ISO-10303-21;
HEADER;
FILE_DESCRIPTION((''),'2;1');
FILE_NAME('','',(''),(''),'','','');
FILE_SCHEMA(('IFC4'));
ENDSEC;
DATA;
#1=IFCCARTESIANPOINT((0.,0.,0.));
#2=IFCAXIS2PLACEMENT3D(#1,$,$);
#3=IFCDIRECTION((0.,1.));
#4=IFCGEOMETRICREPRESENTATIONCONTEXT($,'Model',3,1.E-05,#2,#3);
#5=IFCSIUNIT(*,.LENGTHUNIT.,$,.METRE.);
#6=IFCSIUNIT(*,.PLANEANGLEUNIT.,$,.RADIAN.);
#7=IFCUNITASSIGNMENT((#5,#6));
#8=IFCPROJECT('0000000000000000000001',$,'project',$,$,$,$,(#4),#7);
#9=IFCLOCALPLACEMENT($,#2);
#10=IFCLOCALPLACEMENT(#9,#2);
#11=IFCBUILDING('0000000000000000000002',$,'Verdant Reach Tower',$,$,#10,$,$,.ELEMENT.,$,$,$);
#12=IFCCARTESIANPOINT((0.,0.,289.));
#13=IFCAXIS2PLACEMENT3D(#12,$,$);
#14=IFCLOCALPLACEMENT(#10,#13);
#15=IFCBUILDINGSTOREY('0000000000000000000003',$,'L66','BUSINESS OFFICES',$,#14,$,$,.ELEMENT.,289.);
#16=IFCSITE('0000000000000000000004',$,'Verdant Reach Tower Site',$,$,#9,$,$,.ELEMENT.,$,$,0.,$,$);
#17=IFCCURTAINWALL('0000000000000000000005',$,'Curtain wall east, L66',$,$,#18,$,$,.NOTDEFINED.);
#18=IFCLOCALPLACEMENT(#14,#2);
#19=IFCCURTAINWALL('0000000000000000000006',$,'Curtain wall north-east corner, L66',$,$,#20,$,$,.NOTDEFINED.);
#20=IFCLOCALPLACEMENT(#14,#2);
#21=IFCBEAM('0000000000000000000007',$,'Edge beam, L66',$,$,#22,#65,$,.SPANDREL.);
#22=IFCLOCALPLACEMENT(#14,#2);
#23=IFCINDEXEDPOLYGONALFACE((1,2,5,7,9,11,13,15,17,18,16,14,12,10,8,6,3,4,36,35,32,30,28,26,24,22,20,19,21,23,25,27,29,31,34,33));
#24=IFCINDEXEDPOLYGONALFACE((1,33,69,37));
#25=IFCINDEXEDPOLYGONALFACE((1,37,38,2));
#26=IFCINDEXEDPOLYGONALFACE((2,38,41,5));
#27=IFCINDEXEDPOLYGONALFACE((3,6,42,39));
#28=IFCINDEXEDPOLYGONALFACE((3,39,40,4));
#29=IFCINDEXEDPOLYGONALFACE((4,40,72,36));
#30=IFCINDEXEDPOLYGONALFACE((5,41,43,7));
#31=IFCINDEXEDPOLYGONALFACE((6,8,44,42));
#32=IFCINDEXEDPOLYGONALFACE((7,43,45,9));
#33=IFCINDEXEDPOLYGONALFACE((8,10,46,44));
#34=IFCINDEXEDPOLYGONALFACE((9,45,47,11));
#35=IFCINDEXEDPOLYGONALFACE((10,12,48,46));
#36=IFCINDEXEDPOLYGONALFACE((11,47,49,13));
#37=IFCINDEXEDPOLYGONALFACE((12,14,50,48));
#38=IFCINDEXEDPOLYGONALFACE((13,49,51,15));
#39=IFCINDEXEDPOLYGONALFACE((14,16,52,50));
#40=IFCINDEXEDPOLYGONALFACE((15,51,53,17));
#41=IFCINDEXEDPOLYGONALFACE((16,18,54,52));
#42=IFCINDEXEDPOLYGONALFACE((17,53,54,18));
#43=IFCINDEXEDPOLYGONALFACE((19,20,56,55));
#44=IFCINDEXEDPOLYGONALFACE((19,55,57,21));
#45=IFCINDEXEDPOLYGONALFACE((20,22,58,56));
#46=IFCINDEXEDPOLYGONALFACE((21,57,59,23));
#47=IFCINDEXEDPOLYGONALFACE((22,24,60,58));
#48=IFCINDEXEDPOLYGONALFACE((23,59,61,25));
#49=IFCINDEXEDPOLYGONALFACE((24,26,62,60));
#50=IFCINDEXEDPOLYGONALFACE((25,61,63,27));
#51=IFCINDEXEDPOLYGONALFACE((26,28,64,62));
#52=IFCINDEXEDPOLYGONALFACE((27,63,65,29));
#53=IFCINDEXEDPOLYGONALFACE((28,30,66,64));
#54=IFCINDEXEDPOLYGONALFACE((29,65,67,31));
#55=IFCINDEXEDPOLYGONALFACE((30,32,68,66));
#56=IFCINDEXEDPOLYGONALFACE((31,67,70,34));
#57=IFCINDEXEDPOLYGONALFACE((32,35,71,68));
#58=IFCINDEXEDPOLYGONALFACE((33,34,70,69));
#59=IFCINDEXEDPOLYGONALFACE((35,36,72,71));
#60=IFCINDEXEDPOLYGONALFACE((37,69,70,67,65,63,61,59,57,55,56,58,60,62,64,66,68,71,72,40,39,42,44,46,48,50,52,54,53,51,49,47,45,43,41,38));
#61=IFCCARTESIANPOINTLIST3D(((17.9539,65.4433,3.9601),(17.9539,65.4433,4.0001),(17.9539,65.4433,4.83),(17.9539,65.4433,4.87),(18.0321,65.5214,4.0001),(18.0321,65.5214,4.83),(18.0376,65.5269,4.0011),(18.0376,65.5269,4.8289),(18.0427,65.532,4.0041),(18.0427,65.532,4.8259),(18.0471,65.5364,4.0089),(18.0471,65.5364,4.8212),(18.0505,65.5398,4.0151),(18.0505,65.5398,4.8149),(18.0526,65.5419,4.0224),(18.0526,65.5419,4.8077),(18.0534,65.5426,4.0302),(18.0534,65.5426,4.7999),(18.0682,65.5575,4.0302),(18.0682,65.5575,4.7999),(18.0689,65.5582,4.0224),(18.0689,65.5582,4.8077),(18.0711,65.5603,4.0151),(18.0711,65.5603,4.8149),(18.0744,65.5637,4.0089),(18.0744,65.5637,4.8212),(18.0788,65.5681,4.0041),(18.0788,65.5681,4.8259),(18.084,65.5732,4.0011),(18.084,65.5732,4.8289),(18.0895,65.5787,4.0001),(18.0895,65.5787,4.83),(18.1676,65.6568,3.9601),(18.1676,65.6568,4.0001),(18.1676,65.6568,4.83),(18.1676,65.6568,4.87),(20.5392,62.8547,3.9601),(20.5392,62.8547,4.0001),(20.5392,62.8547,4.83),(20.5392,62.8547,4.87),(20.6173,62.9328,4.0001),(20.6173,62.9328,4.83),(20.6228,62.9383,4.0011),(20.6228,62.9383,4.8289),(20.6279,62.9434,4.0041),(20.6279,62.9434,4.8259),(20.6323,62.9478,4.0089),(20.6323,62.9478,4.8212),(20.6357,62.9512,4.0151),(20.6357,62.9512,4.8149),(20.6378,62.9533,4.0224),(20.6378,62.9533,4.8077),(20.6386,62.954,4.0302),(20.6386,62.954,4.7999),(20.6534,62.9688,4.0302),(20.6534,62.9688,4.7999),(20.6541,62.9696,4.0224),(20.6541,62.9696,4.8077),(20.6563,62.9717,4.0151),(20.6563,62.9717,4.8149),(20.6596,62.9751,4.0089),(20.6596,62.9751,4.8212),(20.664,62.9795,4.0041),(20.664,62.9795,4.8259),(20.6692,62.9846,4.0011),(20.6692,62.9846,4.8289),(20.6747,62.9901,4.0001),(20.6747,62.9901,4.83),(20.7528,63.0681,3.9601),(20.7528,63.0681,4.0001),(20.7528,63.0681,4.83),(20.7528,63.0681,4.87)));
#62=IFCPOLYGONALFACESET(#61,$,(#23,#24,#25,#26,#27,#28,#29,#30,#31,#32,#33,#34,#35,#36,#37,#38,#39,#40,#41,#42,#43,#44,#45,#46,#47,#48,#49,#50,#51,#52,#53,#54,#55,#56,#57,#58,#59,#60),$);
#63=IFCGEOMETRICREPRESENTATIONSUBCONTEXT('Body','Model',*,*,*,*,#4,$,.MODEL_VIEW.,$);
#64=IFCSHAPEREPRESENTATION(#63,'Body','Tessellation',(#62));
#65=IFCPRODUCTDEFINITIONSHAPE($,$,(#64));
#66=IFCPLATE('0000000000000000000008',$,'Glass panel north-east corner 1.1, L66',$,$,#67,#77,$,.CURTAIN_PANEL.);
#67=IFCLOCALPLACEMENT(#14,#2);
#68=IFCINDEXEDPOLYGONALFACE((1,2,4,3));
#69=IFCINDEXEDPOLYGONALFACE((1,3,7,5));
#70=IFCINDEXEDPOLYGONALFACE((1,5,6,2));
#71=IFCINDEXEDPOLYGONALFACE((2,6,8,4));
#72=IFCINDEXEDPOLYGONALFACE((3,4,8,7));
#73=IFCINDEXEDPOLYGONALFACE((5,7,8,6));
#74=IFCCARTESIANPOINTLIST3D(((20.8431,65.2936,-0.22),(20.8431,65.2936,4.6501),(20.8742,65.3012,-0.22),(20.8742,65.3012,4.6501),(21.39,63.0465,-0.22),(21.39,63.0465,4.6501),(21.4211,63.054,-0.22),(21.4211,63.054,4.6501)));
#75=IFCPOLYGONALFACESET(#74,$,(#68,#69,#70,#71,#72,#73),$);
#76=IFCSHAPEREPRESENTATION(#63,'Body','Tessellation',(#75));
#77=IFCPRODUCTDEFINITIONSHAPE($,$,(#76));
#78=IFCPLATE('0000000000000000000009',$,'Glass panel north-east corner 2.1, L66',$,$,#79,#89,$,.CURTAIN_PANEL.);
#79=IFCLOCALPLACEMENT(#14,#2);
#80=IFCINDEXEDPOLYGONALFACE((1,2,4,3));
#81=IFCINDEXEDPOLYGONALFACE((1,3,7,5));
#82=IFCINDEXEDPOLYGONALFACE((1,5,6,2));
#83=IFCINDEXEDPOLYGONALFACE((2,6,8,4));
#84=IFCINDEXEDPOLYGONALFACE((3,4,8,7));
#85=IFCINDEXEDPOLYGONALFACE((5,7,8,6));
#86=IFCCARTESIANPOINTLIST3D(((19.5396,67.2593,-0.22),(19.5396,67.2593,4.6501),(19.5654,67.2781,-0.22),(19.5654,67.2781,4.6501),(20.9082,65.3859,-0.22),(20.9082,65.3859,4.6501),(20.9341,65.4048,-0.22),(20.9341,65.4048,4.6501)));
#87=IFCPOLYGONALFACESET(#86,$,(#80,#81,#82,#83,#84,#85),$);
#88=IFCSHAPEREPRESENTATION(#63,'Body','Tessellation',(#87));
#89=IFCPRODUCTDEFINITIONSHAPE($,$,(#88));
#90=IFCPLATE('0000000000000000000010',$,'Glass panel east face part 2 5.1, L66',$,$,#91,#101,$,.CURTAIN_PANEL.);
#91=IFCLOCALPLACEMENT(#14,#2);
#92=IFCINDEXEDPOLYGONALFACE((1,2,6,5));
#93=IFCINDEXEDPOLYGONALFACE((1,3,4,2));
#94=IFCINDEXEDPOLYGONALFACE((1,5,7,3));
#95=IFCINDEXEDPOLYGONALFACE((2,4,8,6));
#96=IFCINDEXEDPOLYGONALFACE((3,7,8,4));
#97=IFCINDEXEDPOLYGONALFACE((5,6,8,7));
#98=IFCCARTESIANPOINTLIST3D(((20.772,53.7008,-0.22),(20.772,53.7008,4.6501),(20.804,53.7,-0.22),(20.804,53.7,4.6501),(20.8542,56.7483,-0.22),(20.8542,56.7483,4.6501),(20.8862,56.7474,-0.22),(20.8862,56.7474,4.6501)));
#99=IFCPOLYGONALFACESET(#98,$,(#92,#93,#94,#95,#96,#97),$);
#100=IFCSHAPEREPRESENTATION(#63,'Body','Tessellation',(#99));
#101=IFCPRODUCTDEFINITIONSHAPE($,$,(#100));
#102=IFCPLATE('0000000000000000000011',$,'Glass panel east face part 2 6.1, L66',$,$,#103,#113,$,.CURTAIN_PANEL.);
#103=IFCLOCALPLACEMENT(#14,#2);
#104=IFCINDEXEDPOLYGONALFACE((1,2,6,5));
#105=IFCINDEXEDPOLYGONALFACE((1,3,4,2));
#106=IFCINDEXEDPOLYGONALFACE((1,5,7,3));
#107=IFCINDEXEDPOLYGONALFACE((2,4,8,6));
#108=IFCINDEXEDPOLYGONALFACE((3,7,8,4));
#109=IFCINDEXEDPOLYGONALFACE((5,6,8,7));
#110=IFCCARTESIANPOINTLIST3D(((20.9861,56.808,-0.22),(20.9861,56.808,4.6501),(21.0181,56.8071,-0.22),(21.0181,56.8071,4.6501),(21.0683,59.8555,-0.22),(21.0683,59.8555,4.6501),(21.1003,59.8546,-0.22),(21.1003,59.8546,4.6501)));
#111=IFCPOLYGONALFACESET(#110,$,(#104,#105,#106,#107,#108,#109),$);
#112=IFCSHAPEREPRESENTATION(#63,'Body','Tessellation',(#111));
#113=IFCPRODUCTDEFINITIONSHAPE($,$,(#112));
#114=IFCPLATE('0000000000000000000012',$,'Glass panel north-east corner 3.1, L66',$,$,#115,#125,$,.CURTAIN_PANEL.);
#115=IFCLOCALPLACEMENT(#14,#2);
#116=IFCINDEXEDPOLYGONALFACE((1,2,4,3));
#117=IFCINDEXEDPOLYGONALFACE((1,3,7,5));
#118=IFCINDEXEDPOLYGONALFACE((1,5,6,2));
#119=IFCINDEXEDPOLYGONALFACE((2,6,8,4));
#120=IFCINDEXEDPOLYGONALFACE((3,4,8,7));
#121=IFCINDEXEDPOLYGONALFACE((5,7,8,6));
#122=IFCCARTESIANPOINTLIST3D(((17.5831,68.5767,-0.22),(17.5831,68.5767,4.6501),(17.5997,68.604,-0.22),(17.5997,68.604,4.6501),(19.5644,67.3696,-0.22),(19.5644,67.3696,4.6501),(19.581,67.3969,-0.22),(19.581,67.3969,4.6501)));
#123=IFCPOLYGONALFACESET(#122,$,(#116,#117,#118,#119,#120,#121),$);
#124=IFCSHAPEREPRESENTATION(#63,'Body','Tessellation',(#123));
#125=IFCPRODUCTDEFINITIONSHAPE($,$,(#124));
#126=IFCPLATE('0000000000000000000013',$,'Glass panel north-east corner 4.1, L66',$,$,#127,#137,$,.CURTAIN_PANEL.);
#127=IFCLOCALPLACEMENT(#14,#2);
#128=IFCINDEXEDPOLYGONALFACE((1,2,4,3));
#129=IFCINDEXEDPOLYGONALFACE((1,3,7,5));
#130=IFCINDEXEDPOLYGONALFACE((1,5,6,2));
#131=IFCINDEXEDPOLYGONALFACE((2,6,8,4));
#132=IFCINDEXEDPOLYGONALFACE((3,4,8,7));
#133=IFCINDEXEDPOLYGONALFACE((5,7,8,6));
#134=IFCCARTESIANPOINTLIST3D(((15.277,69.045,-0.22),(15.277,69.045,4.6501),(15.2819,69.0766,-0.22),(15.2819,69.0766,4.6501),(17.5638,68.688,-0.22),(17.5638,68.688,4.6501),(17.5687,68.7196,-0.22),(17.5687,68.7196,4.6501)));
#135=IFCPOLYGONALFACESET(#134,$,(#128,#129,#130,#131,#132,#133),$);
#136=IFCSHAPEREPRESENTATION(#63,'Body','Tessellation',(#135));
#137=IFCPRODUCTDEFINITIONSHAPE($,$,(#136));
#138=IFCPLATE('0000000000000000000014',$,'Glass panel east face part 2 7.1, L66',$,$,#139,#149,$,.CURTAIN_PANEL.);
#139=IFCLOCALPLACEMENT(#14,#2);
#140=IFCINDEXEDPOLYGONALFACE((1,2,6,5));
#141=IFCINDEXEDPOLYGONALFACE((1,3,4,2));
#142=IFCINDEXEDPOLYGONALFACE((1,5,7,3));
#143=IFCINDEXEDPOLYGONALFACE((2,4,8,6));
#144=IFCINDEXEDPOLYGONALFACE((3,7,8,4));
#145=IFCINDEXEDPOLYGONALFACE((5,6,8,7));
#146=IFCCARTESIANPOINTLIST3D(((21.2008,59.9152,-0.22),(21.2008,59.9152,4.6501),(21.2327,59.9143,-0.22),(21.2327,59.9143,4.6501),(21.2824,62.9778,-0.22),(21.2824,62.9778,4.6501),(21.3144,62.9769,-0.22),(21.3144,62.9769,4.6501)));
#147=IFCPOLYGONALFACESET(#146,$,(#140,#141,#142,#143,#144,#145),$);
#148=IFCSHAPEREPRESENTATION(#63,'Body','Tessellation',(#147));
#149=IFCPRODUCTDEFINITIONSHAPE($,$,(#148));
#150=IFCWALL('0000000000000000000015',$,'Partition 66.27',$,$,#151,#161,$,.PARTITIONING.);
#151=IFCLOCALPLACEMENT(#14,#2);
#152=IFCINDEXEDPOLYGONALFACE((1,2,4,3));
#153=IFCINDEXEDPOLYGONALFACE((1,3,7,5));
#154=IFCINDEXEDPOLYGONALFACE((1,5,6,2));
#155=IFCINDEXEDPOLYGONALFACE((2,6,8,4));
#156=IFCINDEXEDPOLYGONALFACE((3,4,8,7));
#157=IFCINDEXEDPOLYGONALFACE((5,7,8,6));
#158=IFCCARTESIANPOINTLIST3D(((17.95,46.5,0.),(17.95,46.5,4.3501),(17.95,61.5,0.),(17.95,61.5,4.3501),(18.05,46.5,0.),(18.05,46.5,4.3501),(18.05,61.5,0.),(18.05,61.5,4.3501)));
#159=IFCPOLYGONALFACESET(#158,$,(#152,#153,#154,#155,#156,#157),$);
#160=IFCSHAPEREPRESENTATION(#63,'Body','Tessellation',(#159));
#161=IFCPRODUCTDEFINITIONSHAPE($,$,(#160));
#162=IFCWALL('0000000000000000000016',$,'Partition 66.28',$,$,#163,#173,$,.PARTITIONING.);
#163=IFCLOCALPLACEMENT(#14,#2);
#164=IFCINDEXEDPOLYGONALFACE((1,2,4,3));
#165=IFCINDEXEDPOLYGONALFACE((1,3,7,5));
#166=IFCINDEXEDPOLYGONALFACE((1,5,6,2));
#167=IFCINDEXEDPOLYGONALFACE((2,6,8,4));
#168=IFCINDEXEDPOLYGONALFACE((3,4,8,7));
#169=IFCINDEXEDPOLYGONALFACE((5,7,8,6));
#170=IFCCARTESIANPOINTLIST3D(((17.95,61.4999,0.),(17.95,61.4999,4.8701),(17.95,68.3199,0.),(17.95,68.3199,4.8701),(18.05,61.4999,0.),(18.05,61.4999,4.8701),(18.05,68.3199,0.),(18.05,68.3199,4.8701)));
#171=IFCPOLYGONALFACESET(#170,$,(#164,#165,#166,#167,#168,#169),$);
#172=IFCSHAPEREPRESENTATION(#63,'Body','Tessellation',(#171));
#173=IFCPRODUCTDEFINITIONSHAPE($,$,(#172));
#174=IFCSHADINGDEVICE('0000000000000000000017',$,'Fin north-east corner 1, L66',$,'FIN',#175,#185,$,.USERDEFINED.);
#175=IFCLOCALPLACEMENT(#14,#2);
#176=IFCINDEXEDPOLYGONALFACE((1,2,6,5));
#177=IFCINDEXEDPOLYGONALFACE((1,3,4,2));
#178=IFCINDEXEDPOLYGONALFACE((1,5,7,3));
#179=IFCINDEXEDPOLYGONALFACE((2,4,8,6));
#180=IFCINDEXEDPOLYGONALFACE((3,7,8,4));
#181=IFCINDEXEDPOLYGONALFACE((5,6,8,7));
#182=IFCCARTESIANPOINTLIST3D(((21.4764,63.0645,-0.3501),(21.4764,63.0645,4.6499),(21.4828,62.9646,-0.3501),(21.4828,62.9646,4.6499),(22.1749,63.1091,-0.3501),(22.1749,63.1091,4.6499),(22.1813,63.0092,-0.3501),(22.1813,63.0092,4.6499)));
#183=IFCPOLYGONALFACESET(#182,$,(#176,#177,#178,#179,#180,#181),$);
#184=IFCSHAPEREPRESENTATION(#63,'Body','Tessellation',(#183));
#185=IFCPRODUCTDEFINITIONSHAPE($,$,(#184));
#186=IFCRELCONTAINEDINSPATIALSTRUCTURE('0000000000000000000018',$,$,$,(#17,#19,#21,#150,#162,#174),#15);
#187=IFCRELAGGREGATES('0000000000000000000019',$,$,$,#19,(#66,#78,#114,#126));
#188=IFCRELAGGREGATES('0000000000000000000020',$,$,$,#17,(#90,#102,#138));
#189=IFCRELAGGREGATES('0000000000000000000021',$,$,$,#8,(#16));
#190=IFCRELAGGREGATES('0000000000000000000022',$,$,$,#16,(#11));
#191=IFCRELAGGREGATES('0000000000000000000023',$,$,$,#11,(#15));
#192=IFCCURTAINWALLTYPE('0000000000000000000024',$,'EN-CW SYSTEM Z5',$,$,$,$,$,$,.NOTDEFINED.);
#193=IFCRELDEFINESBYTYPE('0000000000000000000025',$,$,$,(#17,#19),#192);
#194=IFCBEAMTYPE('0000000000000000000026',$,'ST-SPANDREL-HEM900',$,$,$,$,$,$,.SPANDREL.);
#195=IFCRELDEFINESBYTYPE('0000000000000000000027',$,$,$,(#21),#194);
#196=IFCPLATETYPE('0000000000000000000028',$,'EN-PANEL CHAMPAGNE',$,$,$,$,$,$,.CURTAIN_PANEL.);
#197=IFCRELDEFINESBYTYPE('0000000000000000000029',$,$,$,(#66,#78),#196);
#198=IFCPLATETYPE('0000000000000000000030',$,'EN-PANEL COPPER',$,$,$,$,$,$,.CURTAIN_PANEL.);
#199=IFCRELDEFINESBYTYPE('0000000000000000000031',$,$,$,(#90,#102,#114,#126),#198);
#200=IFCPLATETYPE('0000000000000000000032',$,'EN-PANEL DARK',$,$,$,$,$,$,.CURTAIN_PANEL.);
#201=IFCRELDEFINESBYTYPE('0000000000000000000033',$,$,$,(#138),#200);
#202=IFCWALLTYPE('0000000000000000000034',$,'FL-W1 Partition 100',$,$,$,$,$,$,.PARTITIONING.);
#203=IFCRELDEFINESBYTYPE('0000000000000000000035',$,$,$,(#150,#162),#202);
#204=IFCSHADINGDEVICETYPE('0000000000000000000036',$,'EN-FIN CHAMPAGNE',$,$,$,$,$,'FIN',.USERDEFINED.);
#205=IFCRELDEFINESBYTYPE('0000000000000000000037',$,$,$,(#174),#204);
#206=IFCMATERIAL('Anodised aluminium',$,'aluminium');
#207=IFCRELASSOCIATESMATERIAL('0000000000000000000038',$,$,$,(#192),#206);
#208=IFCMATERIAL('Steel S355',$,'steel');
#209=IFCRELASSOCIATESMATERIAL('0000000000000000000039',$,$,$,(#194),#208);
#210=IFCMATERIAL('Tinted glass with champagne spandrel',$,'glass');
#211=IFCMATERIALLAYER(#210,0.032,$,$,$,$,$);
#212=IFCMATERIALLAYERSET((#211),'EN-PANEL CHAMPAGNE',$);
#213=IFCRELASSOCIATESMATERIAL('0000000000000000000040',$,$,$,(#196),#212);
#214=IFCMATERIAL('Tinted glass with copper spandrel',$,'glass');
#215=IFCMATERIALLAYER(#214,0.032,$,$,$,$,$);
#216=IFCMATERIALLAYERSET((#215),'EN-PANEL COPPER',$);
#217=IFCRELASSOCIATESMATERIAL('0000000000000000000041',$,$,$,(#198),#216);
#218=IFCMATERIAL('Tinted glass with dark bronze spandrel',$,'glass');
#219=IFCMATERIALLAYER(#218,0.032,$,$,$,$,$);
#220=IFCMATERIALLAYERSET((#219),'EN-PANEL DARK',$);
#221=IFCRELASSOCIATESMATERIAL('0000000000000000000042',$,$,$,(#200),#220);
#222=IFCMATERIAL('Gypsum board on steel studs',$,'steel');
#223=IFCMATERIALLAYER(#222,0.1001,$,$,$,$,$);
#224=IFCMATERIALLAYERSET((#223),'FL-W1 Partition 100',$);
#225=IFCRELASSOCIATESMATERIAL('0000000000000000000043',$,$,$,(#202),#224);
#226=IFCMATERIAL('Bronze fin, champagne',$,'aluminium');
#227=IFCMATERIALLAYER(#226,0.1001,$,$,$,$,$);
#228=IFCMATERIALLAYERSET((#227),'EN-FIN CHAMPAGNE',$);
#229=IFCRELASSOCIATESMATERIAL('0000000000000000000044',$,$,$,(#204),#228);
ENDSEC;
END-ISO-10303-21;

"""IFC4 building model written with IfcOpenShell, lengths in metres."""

from ifc_helpers import new_model, si_unit, direction, frame, frame_2d, origin, origin_2d, place, context, subcontext, project, spatial, rectangle, i_section, extrude, material, layer, layer_set, material_profile, profile_set, type_object, element, aggregate, save


model = new_model("IFC4")

# Units and contexts
model_context = context("Model", 3, precision=1e-05, world=origin(), true_north=direction((0.0, 1.0)))
body_context = subcontext(model_context, "Body", "Model", "MODEL_VIEW")
ifc_project = project(units=[si_unit("LENGTHUNIT", "METRE"), si_unit("PLANEANGLEUNIT", "RADIAN")], contexts=[model_context])

# Site, building, storey
site_placement = place(None, origin())
site = spatial("IfcSite", under=ifc_project, at=site_placement, Name="Verdant Reach Tower Site", CompositionType="ELEMENT", RefElevation=0.0)
building_placement = place(site_placement, origin())
building = spatial("IfcBuilding", under=site, at=building_placement, Name="Verdant Reach Tower", CompositionType="ELEMENT")
storey_placement = place(building_placement, frame((0.0, 0.0, 289.0)))
storey = spatial("IfcBuildingStorey", under=building, at=storey_placement, Name="L66", Description="BUSINESS OFFICES", CompositionType="ELEMENT", Elevation=289.0)

# Curtain walls
ifc_material_1 = material(Name="Anodised aluminium", Category="aluminium")
curtain_wall_type = type_object("IfcCurtainWallType", Name="EN-CW SYSTEM Z5", PredefinedType="NOTDEFINED", material=ifc_material_1)
curtain_wall_1_placement = place(storey_placement, origin())
curtain_wall_1 = element("IfcCurtainWall", 1, at=curtain_wall_1_placement, inside=storey, type_object=curtain_wall_type, Name="Curtain wall east, L66", PredefinedType="NOTDEFINED")
curtain_wall_2_placement = place(storey_placement, origin())
curtain_wall_2 = element("IfcCurtainWall", 2, at=curtain_wall_2_placement, inside=storey, type_object=curtain_wall_type, Name="Curtain wall north-east corner, L66", PredefinedType="NOTDEFINED")

# Beam
ifc_material_2 = material(Name="Steel S355", Category="steel")
ifc_material_profile_1 = material_profile(ifc_material_2, i_section(OverallWidth=0.302, OverallDepth=0.9099, WebThickness=0.021, FlangeThickness=0.04, FilletRadius=0.03, at=origin_2d()), Name="HEM 900")
ifc_profile_set_1 = profile_set([ifc_material_profile_1], Name="Steel S355")
beam_type_1 = type_object("IfcBeamType", Name="ST-SPANDREL-HEM900", PredefinedType="SPANDREL", material=ifc_profile_set_1)
beam_1_placement = place(storey_placement, frame((18.0608, 65.55, 4.415), z_axis=(0.706639, -0.707574, 0.0), x_axis=(0.707574, 0.706639, 0.0)))
element("IfcBeam", 3, at=beam_1_placement, inside=storey, type_object=beam_type_1, Name="Edge beam, L66", PredefinedType="SPANDREL", context=body_context, shape_type="SweptSolid", body=[
    extrude(i_section(OverallWidth=0.302, OverallDepth=0.9099, WebThickness=0.021, FlangeThickness=0.04, FilletRadius=0.03, at=origin_2d()), origin(), (0.0, 0.0, 1.0), 3.6584),
])

# Plates
ifc_material_3 = material(Name="Tinted glass with champagne spandrel", Category="glass")
ifc_layer_1 = layer(ifc_material_3, 0.032)
ifc_layer_set_1 = layer_set([ifc_layer_1], Name="EN-PANEL CHAMPAGNE")
plate_type_1 = type_object("IfcPlateType", Name="EN-PANEL CHAMPAGNE", PredefinedType="CURTAIN_PANEL", material=ifc_layer_set_1)
plate_1_placement = place(storey_placement, frame((21.1321, 64.1738, -0.22), z_axis=(0.0, 0.0, 1.0), x_axis=(-0.236471, 0.971638, 0.0)))
plate_1 = element("IfcPlate", 4, at=plate_1_placement, type_object=plate_type_1, Name="Glass panel north-east corner 1.1, L66", PredefinedType="CURTAIN_PANEL", context=body_context, shape_type="SweptSolid", body=[
    extrude(rectangle(XDim=2.3127, YDim=0.032, at=origin_2d()), origin(), (0.0, 0.0, 1.0), 4.8701),
])
plate_2_placement = place(storey_placement, frame((20.2368, 66.332, -0.22), z_axis=(0.0, 0.0, 1.0), x_axis=(-0.589927, 0.807457, 0.0)))
plate_2 = element("IfcPlate", 5, at=plate_2_placement, type_object=plate_type_1, Name="Glass panel north-east corner 2.1, L66", PredefinedType="CURTAIN_PANEL", context=body_context, shape_type="SweptSolid", body=[
    extrude(rectangle(XDim=2.3201, YDim=0.032, at=origin_2d()), origin(), (0.0, 0.0, 1.0), 4.8701),
])
ifc_material_4 = material(Name="Tinted glass with copper spandrel", Category="glass")
ifc_layer_2 = layer(ifc_material_4, 0.032)
ifc_layer_set_2 = layer_set([ifc_layer_2], Name="EN-PANEL COPPER")
plate_type_2 = type_object("IfcPlateType", Name="EN-PANEL COPPER", PredefinedType="CURTAIN_PANEL", material=ifc_layer_set_2)
plate_3_placement = place(storey_placement, frame((20.8291, 55.2241, -0.22), z_axis=(0.0, 0.0, 1.0), x_axis=(0.026965, 0.999636, 0.0)))
plate_3 = element("IfcPlate", 6, at=plate_3_placement, type_object=plate_type_2, Name="Glass panel east face part 2 5.1, L66", PredefinedType="CURTAIN_PANEL", context=body_context, shape_type="SweptSolid", body=[
    extrude(rectangle(XDim=3.0486, YDim=0.032, at=origin_2d()), origin(), (0.0, 0.0, 1.0), 4.8701),
])
plate_4_placement = place(storey_placement, frame((21.0432, 58.3313, -0.22), z_axis=(0.0, 0.0, 1.0), x_axis=(0.026965, 0.999636, 0.0)))
plate_4 = element("IfcPlate", 7, at=plate_4_placement, type_object=plate_type_2, Name="Glass panel east face part 2 6.1, L66", PredefinedType="CURTAIN_PANEL", context=body_context, shape_type="SweptSolid", body=[
    extrude(rectangle(XDim=3.0486, YDim=0.032, at=origin_2d()), origin(), (0.0, 0.0, 1.0), 4.8701),
])
plate_5_placement = place(storey_placement, frame((18.582, 67.9868, -0.22), z_axis=(0.0, 0.0, 1.0), x_axis=(-0.853989, 0.520292, 0.0)))
plate_5 = element("IfcPlate", 8, at=plate_5_placement, type_object=plate_type_2, Name="Glass panel north-east corner 3.1, L66", PredefinedType="CURTAIN_PANEL", context=body_context, shape_type="SweptSolid", body=[
    extrude(rectangle(XDim=2.3201, YDim=0.032, at=origin_2d()), origin(), (0.0, 0.0, 1.0), 4.8701),
])
plate_6_placement = place(storey_placement, frame((16.4229, 68.8823, -0.22), z_axis=(0.0, 0.0, 1.0), x_axis=(-0.988033, 0.15424, 0.0)))
plate_6 = element("IfcPlate", 9, at=plate_6_placement, type_object=plate_type_2, Name="Glass panel north-east corner 4.1, L66", PredefinedType="CURTAIN_PANEL", context=body_context, shape_type="SweptSolid", body=[
    extrude(rectangle(XDim=2.3145, YDim=0.032, at=origin_2d()), origin(), (0.0, 0.0, 1.0), 4.8701),
])
aggregate(curtain_wall_2, [plate_1, plate_2, plate_5, plate_6])
ifc_material_5 = material(Name="Tinted glass with dark bronze spandrel", Category="glass")
ifc_layer_3 = layer(ifc_material_5, 0.032)
ifc_layer_set_3 = layer_set([ifc_layer_3], Name="EN-PANEL DARK")
plate_type_3 = type_object("IfcPlateType", Name="EN-PANEL DARK", PredefinedType="CURTAIN_PANEL", material=ifc_layer_set_3)
plate_7_placement = place(storey_placement, frame((21.2576, 61.446, -0.22), z_axis=(0.0, 0.0, 1.0), x_axis=(0.026643, 0.999645, 0.0)))
plate_7 = element("IfcPlate", 10, at=plate_7_placement, type_object=plate_type_3, Name="Glass panel east face part 2 7.1, L66", PredefinedType="CURTAIN_PANEL", context=body_context, shape_type="SweptSolid", body=[
    extrude(rectangle(XDim=3.0637, YDim=0.032, at=origin_2d()), origin(), (0.0, 0.0, 1.0), 4.8701),
])
aggregate(curtain_wall_1, [plate_3, plate_4, plate_7])

# Walls
ifc_material_6 = material(Name="Gypsum board on steel studs", Category="steel")
ifc_layer_4 = layer(ifc_material_6, 0.1001)
ifc_layer_set_4 = layer_set([ifc_layer_4], Name="FL-W1 Partition 100")
wall_type = type_object("IfcWallType", Name="FL-W1 Partition 100", PredefinedType="PARTITIONING", material=ifc_layer_set_4)
wall_1_placement = place(storey_placement, frame((18.0, 61.5, 0.0), z_axis=(0.0, 0.0, 1.0), x_axis=(0.0, -1.0, 0.0)))
element("IfcWall", 11, at=wall_1_placement, inside=storey, type_object=wall_type, Name="Partition 66.27", PredefinedType="PARTITIONING", context=body_context, shape_type="SweptSolid", body=[
    extrude(rectangle(XDim=15.0, YDim=0.1001, at=frame_2d((7.5, 0.0))), origin(), (0.0, 0.0, 1.0), 4.3501),
])
wall_2_placement = place(storey_placement, frame((18.0, 68.3201, 0.0), z_axis=(0.0, 0.0, 1.0), x_axis=(0.0, -1.0, 0.0)))
element("IfcWall", 12, at=wall_2_placement, inside=storey, type_object=wall_type, Name="Partition 66.28", PredefinedType="PARTITIONING", context=body_context, shape_type="SweptSolid", body=[
    extrude(rectangle(XDim=6.8201, YDim=0.1001, at=frame_2d((3.4102, 0.0))), origin(), (0.0, 0.0, 1.0), 4.8701),
])

# Shading device
ifc_material_7 = material(Name="Bronze fin, champagne", Category="aluminium")
ifc_layer_5 = layer(ifc_material_7, 0.1001)
ifc_layer_set_5 = layer_set([ifc_layer_5], Name="EN-FIN CHAMPAGNE")
shading_device_type_1 = type_object("IfcShadingDeviceType", Name="EN-FIN CHAMPAGNE", ElementType="FIN", PredefinedType="USERDEFINED", material=ifc_layer_set_5)
shading_device_1_placement = place(storey_placement, frame((21.8289, 63.0369, -0.3501), z_axis=(0.0, 0.0, 1.0), x_axis=(-0.063699, 0.997969, 0.0)))
element("IfcShadingDevice", 13, at=shading_device_1_placement, inside=storey, type_object=shading_device_type_1, Name="Fin north-east corner 1, L66", ObjectType="FIN", PredefinedType="USERDEFINED", context=body_context, shape_type="SweptSolid", body=[
    extrude(rectangle(XDim=0.1001, YDim=0.7, at=origin_2d()), origin(), (0.0, 0.0, 1.0), 5.0),
])

save(model, "model.ifc")
